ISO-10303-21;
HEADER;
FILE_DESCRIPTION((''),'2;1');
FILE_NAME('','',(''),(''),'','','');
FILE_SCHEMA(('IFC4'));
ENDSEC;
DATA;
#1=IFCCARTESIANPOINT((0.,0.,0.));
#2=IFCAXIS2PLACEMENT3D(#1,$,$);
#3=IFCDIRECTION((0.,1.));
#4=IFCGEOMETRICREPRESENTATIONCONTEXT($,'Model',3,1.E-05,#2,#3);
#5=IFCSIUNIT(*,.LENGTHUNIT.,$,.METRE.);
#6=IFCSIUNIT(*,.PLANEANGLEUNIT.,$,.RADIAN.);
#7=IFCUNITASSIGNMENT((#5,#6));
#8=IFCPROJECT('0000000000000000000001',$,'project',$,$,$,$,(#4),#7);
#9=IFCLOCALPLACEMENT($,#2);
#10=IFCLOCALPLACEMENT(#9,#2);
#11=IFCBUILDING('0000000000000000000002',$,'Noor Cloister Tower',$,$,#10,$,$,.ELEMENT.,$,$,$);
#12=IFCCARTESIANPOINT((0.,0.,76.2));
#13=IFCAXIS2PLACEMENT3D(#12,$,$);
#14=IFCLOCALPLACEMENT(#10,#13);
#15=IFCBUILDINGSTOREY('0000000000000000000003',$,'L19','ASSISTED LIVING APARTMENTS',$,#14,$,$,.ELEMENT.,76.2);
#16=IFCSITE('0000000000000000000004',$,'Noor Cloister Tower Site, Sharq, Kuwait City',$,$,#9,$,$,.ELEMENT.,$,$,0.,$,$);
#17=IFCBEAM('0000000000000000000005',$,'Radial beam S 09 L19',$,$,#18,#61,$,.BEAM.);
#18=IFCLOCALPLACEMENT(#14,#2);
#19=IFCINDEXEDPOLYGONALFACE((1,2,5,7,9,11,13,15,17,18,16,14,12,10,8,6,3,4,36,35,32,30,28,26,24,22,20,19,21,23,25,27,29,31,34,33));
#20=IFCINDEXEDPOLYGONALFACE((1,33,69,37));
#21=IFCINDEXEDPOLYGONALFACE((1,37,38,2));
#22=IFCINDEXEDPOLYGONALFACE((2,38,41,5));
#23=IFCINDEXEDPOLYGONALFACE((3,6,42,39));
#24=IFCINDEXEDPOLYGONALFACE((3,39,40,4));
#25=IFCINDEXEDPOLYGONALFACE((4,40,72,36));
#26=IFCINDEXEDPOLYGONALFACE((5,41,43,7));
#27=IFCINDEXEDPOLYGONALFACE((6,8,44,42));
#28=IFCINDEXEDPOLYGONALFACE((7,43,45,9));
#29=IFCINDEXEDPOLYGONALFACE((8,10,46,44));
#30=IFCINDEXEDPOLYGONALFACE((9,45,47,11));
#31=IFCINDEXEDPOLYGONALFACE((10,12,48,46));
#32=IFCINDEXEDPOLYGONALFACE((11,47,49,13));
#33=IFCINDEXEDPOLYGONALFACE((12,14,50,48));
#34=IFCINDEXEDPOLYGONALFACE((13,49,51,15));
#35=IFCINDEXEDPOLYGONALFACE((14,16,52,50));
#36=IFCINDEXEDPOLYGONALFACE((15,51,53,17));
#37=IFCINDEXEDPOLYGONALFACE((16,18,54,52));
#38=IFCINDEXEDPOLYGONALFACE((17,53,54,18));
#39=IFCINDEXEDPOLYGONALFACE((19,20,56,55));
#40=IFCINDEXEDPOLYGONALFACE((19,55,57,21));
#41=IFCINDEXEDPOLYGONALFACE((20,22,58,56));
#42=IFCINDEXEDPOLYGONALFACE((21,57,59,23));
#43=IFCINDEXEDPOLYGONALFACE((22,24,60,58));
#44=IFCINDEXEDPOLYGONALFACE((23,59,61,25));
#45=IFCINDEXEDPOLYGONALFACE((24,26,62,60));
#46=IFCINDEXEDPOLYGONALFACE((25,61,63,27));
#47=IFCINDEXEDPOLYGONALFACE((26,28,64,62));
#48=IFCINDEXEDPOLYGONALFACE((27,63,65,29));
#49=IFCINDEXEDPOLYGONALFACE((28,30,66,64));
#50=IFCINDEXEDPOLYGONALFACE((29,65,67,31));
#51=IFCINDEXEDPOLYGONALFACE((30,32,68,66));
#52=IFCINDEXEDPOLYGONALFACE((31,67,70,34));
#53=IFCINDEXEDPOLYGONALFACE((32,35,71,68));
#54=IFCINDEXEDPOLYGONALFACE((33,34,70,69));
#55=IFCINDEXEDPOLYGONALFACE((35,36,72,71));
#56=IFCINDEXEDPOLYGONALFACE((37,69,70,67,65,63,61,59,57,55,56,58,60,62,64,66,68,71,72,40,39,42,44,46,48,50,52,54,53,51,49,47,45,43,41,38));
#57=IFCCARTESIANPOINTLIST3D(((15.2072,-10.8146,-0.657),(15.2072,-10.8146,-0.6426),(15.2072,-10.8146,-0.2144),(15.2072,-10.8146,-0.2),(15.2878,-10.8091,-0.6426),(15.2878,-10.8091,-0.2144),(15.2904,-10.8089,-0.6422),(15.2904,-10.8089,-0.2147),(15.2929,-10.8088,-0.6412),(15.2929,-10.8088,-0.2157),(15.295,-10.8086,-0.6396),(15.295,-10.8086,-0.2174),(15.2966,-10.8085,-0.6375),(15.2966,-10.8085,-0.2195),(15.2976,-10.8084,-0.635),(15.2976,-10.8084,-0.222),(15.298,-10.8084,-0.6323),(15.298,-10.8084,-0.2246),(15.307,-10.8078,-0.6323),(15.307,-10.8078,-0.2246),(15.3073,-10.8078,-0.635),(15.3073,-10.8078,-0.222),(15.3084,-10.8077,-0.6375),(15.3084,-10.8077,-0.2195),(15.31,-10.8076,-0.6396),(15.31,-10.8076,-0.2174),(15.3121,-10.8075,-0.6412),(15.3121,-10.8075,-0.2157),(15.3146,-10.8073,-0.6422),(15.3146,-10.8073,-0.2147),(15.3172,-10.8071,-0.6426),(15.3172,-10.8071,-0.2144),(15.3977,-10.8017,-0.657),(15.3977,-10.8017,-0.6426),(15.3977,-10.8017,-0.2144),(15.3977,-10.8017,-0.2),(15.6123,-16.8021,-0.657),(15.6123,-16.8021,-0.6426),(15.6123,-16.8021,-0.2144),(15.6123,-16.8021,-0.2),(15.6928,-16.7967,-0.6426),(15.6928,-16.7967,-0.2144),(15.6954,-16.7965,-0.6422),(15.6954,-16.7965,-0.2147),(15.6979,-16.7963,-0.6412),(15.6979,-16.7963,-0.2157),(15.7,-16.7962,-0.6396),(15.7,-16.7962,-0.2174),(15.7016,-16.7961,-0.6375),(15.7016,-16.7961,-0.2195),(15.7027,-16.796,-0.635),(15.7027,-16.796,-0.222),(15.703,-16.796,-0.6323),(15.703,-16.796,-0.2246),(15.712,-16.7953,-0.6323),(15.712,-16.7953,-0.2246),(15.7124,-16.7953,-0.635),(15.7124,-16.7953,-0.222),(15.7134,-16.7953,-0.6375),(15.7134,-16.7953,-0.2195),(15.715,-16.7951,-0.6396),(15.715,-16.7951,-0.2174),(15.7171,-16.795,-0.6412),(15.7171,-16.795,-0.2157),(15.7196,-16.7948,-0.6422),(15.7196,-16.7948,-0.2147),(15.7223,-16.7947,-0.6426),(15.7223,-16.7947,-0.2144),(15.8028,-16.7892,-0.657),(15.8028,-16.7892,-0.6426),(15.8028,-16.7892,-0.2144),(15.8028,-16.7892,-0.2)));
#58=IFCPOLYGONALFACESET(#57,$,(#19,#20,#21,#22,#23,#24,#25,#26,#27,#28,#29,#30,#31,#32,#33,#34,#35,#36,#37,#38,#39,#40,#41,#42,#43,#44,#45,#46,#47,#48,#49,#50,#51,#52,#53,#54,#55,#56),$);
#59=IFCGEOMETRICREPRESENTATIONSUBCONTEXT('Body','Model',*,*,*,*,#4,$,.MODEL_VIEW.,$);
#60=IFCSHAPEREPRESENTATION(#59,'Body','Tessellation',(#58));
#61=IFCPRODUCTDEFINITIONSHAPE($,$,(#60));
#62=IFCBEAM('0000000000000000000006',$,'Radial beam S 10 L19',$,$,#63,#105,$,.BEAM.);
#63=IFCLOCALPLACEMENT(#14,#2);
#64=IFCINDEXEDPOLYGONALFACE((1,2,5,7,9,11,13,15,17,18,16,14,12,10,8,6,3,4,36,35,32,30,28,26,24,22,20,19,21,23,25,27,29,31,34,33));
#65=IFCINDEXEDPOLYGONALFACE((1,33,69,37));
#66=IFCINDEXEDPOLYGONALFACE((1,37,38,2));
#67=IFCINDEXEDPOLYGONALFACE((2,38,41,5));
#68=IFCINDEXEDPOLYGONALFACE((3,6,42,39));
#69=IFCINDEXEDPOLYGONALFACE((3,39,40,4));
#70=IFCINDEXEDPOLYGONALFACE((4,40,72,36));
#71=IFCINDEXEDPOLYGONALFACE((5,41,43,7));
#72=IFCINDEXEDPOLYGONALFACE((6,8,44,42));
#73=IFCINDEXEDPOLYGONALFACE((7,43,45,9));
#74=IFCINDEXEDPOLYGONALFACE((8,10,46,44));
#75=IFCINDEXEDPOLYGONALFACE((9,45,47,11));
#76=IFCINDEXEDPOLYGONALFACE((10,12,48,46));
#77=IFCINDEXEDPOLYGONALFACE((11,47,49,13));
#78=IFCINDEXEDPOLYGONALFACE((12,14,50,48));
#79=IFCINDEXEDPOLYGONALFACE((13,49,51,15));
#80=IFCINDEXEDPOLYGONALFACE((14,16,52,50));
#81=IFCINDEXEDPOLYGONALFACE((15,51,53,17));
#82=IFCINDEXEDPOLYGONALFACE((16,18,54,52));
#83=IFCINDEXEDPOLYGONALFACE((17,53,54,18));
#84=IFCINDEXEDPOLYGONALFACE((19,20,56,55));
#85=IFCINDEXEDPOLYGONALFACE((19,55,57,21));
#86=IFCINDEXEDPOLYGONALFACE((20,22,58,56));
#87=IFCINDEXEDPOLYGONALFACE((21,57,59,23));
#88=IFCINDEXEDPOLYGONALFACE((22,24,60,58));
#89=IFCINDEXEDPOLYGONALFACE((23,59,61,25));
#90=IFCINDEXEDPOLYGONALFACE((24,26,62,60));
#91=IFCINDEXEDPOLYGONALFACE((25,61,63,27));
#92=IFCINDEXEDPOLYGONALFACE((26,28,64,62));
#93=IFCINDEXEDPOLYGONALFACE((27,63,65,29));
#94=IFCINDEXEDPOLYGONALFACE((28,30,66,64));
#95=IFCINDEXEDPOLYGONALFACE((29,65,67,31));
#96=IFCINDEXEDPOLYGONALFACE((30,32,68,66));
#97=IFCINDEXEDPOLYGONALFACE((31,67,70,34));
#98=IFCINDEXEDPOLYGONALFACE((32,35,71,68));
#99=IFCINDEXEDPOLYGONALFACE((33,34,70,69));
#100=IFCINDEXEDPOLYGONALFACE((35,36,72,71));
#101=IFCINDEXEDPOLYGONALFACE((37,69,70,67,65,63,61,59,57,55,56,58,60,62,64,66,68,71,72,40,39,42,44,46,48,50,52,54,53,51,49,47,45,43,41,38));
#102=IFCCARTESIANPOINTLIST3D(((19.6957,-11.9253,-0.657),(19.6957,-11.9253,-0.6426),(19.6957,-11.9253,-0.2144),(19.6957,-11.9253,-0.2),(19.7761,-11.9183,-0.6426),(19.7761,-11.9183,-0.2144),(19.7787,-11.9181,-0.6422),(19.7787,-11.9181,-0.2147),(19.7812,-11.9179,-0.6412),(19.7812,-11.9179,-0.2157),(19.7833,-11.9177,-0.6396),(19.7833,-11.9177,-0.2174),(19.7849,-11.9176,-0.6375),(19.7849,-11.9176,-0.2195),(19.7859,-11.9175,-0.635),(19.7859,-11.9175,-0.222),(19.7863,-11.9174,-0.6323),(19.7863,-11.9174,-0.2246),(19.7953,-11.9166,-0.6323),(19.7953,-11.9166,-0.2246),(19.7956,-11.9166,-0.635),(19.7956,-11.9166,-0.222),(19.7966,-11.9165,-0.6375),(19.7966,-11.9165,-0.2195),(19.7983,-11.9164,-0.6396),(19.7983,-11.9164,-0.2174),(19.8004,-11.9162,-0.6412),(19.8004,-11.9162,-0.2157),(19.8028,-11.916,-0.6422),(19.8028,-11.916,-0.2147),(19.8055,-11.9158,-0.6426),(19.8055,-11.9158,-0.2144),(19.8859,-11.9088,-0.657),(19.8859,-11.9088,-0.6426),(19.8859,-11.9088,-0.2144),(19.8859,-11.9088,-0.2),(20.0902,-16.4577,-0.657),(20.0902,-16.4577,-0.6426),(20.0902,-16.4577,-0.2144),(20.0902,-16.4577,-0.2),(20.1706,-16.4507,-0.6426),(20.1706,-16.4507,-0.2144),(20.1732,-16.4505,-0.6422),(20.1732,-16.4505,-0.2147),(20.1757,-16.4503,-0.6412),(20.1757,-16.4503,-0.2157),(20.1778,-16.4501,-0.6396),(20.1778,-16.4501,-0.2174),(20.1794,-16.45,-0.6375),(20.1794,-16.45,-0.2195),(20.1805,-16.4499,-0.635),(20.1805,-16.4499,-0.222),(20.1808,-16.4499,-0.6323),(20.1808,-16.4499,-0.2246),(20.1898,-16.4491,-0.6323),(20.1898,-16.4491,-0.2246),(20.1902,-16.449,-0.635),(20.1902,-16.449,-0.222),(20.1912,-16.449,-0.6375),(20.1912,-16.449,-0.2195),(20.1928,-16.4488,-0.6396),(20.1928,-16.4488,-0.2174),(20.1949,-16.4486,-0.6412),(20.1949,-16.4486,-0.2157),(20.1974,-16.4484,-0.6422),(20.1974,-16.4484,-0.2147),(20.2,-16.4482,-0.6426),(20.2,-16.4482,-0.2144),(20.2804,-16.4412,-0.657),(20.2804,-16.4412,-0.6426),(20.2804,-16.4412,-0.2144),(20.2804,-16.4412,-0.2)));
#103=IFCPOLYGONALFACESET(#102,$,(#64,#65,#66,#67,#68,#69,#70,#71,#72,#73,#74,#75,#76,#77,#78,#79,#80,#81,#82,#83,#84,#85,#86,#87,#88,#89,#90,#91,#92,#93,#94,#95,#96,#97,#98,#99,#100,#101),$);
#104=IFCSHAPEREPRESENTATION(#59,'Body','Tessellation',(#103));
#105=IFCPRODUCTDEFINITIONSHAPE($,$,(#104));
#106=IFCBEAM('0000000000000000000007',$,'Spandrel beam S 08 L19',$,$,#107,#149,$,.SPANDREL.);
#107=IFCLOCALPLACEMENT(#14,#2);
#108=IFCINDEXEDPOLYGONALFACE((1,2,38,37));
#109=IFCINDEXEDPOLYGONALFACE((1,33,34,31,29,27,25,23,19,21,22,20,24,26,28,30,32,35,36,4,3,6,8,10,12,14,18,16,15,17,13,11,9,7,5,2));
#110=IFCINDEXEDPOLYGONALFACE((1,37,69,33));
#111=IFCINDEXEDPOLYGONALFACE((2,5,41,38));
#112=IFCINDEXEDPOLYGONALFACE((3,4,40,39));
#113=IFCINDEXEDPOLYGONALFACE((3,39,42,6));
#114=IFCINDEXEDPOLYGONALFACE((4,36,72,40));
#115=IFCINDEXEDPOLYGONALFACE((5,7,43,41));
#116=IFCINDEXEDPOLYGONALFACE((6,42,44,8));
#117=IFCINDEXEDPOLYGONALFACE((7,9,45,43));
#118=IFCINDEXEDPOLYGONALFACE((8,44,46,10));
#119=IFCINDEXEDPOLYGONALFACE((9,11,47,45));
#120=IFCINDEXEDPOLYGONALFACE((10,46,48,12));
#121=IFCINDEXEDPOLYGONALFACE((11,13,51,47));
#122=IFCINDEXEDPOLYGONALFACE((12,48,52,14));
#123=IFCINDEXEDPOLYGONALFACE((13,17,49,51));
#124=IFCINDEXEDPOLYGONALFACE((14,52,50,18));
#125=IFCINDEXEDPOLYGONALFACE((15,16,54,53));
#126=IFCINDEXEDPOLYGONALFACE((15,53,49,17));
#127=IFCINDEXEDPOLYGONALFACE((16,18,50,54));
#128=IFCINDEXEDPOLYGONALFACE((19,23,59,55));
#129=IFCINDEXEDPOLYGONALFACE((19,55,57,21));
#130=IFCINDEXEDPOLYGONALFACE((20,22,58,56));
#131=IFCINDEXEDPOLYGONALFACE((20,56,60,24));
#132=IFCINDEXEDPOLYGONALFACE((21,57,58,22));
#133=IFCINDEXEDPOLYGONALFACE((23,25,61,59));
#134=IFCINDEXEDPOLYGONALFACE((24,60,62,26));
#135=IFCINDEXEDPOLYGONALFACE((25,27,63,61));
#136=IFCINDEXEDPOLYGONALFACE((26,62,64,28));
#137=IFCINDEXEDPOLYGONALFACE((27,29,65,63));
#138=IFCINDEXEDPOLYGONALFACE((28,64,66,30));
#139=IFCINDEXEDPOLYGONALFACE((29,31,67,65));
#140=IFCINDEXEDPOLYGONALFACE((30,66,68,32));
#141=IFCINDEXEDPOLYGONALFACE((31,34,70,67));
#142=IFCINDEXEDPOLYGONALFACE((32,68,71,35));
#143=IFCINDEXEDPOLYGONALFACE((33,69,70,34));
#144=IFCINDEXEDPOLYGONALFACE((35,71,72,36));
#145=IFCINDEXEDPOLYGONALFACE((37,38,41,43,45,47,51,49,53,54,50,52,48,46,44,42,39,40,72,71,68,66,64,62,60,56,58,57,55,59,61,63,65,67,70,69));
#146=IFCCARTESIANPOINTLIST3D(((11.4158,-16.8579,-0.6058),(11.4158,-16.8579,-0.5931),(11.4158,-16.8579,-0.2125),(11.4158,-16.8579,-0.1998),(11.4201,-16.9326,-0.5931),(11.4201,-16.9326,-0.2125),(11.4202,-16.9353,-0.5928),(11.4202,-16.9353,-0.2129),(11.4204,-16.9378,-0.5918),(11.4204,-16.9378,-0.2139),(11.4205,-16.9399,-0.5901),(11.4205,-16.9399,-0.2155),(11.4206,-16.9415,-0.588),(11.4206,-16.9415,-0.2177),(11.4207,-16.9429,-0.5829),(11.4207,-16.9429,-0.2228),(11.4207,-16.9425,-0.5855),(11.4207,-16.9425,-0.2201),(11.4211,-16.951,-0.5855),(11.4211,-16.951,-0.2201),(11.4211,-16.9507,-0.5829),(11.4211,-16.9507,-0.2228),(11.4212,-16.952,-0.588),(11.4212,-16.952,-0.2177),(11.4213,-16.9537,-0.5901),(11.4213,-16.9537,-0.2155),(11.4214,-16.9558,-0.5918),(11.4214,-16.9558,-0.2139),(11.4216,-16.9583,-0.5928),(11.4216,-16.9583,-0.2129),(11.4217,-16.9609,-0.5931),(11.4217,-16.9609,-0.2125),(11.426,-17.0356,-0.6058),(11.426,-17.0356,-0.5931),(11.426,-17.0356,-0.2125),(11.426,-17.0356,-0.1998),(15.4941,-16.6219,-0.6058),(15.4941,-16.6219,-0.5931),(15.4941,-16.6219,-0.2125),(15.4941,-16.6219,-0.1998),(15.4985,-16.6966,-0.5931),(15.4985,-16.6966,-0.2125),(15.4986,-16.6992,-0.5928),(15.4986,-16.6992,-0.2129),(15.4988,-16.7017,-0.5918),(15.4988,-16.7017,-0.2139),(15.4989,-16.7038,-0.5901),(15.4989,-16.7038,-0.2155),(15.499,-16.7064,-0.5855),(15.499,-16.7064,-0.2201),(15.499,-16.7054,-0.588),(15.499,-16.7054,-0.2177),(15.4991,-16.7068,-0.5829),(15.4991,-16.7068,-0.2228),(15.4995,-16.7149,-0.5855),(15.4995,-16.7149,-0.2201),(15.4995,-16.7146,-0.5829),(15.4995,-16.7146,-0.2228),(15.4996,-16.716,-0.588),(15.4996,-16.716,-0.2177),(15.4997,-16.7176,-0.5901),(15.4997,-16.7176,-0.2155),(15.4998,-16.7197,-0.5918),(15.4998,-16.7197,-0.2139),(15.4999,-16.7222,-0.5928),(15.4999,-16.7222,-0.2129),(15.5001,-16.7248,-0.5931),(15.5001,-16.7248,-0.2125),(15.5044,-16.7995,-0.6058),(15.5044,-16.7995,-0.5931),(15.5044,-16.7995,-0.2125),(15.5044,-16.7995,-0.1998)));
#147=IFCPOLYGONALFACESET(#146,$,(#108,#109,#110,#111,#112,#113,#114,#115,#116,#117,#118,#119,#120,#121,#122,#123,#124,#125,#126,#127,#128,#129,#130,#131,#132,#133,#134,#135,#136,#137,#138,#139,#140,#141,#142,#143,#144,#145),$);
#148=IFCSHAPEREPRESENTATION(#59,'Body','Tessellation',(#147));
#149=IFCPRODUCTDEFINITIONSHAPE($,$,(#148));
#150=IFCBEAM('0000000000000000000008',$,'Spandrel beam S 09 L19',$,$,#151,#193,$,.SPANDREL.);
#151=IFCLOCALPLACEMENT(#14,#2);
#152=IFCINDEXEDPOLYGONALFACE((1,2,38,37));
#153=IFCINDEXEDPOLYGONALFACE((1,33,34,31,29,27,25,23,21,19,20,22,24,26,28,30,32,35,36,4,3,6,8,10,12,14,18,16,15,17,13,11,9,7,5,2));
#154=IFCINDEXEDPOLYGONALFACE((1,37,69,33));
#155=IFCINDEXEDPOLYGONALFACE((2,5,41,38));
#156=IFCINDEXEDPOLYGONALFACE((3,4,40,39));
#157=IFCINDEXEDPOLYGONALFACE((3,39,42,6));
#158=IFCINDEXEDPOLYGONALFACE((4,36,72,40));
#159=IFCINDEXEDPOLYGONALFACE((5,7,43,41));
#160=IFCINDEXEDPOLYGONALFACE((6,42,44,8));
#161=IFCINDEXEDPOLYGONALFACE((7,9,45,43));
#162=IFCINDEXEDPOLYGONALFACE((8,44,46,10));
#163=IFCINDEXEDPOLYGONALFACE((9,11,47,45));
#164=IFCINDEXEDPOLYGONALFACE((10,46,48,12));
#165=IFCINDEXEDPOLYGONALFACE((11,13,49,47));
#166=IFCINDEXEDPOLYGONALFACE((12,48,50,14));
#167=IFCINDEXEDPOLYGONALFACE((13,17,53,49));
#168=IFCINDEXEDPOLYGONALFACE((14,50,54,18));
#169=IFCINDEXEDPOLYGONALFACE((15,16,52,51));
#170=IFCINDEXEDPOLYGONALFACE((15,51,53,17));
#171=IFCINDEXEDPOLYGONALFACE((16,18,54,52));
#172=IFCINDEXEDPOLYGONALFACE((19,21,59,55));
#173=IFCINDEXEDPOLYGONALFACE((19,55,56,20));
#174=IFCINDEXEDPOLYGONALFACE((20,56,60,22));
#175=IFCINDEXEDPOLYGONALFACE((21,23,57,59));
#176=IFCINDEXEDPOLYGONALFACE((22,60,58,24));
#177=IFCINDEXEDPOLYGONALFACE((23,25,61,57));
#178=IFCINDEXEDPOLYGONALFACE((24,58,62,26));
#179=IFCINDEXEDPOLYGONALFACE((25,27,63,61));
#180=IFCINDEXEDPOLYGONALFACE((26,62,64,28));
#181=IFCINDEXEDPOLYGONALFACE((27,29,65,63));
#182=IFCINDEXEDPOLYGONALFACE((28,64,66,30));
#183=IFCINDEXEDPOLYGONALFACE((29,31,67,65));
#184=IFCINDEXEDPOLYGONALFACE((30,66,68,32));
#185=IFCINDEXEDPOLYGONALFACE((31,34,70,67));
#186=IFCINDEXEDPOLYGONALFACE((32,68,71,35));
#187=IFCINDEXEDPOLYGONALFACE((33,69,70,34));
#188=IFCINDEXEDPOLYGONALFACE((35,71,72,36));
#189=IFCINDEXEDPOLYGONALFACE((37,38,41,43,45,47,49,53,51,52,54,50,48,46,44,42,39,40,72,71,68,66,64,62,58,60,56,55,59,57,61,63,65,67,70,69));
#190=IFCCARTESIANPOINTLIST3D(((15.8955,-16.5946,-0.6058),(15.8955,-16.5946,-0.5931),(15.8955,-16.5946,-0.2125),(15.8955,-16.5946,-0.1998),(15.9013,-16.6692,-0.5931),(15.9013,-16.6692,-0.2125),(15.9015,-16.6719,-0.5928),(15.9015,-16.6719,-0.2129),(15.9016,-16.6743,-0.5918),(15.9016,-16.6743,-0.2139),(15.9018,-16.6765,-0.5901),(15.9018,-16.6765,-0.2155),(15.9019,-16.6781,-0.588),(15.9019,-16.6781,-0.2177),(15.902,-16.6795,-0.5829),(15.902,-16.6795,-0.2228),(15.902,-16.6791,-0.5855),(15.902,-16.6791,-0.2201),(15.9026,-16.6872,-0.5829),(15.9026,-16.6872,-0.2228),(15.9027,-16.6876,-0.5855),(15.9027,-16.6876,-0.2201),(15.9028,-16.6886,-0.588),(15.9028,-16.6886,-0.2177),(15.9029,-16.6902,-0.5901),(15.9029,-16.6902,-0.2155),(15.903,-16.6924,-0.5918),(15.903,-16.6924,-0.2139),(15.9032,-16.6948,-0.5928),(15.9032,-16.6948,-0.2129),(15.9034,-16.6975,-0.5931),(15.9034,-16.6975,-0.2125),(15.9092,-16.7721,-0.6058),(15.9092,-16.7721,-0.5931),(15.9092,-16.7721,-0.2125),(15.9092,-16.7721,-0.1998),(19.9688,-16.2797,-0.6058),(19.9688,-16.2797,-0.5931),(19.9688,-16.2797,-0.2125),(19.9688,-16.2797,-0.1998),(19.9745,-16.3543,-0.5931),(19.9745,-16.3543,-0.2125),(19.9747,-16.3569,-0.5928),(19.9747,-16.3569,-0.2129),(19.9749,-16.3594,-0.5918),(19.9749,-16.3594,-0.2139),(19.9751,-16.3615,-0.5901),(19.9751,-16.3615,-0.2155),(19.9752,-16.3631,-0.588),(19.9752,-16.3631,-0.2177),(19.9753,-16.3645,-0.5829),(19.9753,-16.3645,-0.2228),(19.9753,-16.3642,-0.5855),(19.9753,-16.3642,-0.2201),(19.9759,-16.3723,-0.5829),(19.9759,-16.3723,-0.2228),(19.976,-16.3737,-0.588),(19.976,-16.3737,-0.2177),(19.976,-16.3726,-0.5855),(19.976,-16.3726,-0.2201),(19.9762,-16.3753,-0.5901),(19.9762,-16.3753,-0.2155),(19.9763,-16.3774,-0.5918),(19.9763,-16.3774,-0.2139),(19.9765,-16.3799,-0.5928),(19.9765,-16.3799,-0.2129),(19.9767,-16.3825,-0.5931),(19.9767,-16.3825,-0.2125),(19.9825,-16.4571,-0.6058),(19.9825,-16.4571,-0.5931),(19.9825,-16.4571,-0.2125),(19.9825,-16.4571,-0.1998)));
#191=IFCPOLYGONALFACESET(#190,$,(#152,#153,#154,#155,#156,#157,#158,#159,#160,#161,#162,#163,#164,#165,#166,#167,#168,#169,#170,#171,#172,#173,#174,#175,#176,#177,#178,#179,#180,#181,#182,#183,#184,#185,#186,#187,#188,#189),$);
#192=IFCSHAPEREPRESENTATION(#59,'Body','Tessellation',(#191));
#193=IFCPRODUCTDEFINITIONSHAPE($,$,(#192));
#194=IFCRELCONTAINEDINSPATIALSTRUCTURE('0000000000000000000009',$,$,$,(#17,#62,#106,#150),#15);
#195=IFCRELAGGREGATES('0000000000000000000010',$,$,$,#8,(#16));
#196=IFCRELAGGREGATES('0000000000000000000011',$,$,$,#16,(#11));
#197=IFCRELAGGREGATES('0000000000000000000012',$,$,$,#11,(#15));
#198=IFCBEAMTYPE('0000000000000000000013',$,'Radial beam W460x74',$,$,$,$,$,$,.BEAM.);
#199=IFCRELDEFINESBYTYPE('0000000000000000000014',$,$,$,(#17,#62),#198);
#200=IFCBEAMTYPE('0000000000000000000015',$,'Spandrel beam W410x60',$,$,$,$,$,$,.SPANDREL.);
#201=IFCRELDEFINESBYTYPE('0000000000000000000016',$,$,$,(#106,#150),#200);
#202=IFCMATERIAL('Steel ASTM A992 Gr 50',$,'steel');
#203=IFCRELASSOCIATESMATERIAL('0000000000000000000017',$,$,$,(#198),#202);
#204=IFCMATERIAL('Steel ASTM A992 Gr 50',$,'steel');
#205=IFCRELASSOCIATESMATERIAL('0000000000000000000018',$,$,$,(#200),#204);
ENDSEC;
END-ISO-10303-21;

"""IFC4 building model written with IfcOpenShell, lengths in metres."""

from ifc_helpers import new_model, si_unit, direction, frame, origin, origin_2d, place, context, subcontext, project, spatial, i_section, extrude, material, material_profile, profile_set, type_object, element, save


model = new_model("IFC4")

# Units and contexts
model_context = context("Model", 3, precision=1e-05, world=origin(), true_north=direction((0.0, 1.0)))
body_context = subcontext(model_context, "Body", "Model", "MODEL_VIEW")
ifc_project = project(units=[si_unit("LENGTHUNIT", "METRE"), si_unit("PLANEANGLEUNIT", "RADIAN")], contexts=[model_context])

# Site, building, storey
site_placement = place(None, origin())
site = spatial("IfcSite", under=ifc_project, at=site_placement, Name="Noor Cloister Tower Site, Sharq, Kuwait City", CompositionType="ELEMENT", RefElevation=0.0)
building_placement = place(site_placement, origin())
building = spatial("IfcBuilding", under=site, at=building_placement, Name="Noor Cloister Tower", CompositionType="ELEMENT")
storey_placement = place(building_placement, frame((0.0, 0.0, 76.2)))
storey = spatial("IfcBuildingStorey", under=building, at=storey_placement, Name="L19", Description="ASSISTED LIVING APARTMENTS", CompositionType="ELEMENT", Elevation=76.2)

# Beams
ifc_material_1 = material(Name="Steel ASTM A992 Gr 50", Category="steel")
ifc_material_profile_1 = material_profile(ifc_material_1, i_section(OverallWidth=0.1909, OverallDepth=0.457, WebThickness=0.009, FlangeThickness=0.0144, FilletRadius=0.0103, at=origin_2d()), Name="W460x74")
ifc_profile_set_1 = profile_set([ifc_material_profile_1], Name="Steel ASTM A992 Gr 50")
beam_type_1 = type_object("IfcBeamType", Name="Radial beam W460x74", PredefinedType="BEAM", material=ifc_profile_set_1)
beam_1_placement = place(storey_placement, frame((15.7075, -16.7957, -0.4285), z_axis=(-0.067491, 0.99772, 0.0), x_axis=(-0.99772, -0.067491, 0.0)))
element("IfcBeam", 1, at=beam_1_placement, inside=storey, type_object=beam_type_1, Name="Radial beam S 09 L19", PredefinedType="BEAM", context=body_context, shape_type="SweptSolid", body=[
    extrude(i_section(OverallWidth=0.1909, OverallDepth=0.457, WebThickness=0.009, FlangeThickness=0.0144, FilletRadius=0.0103, at=origin_2d()), origin(), (0.0, 0.0, 1.0), 6.0012),
])
beam_2_placement = place(storey_placement, frame((20.1853, -16.4495, -0.4285), z_axis=(-0.086718, 0.996233, 0.0), x_axis=(-0.996233, -0.086718, 0.0)))
element("IfcBeam", 2, at=beam_2_placement, inside=storey, type_object=beam_type_1, Name="Radial beam S 10 L19", PredefinedType="BEAM", context=body_context, shape_type="SweptSolid", body=[
    extrude(i_section(OverallWidth=0.1909, OverallDepth=0.457, WebThickness=0.009, FlangeThickness=0.0144, FilletRadius=0.0103, at=origin_2d()), origin(), (0.0, 0.0, 1.0), 4.5496),
])
ifc_material_2 = material(Name="Steel ASTM A992 Gr 50", Category="steel")
ifc_material_profile_2 = material_profile(ifc_material_2, i_section(OverallWidth=0.178, OverallDepth=0.406, WebThickness=0.0078, FlangeThickness=0.0127, FilletRadius=0.0103, at=origin_2d()), Name="W410x60")
ifc_profile_set_2 = profile_set([ifc_material_profile_2], Name="Steel ASTM A992 Gr 50")
beam_type_2 = type_object("IfcBeamType", Name="Spandrel beam W410x60", PredefinedType="SPANDREL", material=ifc_profile_set_2)
beam_3_placement = place(storey_placement, frame((11.4209, -16.9468, -0.4028), z_axis=(0.998329, 0.05779, 0.0), x_axis=(-0.05779, 0.998329, 0.0)))
element("IfcBeam", 3, at=beam_3_placement, inside=storey, type_object=beam_type_2, Name="Spandrel beam S 08 L19", PredefinedType="SPANDREL", context=body_context, shape_type="SweptSolid", body=[
    extrude(i_section(OverallWidth=0.178, OverallDepth=0.406, WebThickness=0.0078, FlangeThickness=0.0127, FilletRadius=0.0103, at=origin_2d()), origin(), (0.0, 0.0, 1.0), 4.0852),
])
beam_4_placement = place(storey_placement, frame((15.9023, -16.6833, -0.4028), z_axis=(0.997024, 0.077089, 0.0), x_axis=(-0.077089, 0.997024, 0.0)))
element("IfcBeam", 4, at=beam_4_placement, inside=storey, type_object=beam_type_2, Name="Spandrel beam S 09 L19", PredefinedType="SPANDREL", context=body_context, shape_type="SweptSolid", body=[
    extrude(i_section(OverallWidth=0.178, OverallDepth=0.406, WebThickness=0.0078, FlangeThickness=0.0127, FilletRadius=0.0103, at=origin_2d()), origin(), (0.0, 0.0, 1.0), 4.0854),
])

save(model, "model.ifc")
